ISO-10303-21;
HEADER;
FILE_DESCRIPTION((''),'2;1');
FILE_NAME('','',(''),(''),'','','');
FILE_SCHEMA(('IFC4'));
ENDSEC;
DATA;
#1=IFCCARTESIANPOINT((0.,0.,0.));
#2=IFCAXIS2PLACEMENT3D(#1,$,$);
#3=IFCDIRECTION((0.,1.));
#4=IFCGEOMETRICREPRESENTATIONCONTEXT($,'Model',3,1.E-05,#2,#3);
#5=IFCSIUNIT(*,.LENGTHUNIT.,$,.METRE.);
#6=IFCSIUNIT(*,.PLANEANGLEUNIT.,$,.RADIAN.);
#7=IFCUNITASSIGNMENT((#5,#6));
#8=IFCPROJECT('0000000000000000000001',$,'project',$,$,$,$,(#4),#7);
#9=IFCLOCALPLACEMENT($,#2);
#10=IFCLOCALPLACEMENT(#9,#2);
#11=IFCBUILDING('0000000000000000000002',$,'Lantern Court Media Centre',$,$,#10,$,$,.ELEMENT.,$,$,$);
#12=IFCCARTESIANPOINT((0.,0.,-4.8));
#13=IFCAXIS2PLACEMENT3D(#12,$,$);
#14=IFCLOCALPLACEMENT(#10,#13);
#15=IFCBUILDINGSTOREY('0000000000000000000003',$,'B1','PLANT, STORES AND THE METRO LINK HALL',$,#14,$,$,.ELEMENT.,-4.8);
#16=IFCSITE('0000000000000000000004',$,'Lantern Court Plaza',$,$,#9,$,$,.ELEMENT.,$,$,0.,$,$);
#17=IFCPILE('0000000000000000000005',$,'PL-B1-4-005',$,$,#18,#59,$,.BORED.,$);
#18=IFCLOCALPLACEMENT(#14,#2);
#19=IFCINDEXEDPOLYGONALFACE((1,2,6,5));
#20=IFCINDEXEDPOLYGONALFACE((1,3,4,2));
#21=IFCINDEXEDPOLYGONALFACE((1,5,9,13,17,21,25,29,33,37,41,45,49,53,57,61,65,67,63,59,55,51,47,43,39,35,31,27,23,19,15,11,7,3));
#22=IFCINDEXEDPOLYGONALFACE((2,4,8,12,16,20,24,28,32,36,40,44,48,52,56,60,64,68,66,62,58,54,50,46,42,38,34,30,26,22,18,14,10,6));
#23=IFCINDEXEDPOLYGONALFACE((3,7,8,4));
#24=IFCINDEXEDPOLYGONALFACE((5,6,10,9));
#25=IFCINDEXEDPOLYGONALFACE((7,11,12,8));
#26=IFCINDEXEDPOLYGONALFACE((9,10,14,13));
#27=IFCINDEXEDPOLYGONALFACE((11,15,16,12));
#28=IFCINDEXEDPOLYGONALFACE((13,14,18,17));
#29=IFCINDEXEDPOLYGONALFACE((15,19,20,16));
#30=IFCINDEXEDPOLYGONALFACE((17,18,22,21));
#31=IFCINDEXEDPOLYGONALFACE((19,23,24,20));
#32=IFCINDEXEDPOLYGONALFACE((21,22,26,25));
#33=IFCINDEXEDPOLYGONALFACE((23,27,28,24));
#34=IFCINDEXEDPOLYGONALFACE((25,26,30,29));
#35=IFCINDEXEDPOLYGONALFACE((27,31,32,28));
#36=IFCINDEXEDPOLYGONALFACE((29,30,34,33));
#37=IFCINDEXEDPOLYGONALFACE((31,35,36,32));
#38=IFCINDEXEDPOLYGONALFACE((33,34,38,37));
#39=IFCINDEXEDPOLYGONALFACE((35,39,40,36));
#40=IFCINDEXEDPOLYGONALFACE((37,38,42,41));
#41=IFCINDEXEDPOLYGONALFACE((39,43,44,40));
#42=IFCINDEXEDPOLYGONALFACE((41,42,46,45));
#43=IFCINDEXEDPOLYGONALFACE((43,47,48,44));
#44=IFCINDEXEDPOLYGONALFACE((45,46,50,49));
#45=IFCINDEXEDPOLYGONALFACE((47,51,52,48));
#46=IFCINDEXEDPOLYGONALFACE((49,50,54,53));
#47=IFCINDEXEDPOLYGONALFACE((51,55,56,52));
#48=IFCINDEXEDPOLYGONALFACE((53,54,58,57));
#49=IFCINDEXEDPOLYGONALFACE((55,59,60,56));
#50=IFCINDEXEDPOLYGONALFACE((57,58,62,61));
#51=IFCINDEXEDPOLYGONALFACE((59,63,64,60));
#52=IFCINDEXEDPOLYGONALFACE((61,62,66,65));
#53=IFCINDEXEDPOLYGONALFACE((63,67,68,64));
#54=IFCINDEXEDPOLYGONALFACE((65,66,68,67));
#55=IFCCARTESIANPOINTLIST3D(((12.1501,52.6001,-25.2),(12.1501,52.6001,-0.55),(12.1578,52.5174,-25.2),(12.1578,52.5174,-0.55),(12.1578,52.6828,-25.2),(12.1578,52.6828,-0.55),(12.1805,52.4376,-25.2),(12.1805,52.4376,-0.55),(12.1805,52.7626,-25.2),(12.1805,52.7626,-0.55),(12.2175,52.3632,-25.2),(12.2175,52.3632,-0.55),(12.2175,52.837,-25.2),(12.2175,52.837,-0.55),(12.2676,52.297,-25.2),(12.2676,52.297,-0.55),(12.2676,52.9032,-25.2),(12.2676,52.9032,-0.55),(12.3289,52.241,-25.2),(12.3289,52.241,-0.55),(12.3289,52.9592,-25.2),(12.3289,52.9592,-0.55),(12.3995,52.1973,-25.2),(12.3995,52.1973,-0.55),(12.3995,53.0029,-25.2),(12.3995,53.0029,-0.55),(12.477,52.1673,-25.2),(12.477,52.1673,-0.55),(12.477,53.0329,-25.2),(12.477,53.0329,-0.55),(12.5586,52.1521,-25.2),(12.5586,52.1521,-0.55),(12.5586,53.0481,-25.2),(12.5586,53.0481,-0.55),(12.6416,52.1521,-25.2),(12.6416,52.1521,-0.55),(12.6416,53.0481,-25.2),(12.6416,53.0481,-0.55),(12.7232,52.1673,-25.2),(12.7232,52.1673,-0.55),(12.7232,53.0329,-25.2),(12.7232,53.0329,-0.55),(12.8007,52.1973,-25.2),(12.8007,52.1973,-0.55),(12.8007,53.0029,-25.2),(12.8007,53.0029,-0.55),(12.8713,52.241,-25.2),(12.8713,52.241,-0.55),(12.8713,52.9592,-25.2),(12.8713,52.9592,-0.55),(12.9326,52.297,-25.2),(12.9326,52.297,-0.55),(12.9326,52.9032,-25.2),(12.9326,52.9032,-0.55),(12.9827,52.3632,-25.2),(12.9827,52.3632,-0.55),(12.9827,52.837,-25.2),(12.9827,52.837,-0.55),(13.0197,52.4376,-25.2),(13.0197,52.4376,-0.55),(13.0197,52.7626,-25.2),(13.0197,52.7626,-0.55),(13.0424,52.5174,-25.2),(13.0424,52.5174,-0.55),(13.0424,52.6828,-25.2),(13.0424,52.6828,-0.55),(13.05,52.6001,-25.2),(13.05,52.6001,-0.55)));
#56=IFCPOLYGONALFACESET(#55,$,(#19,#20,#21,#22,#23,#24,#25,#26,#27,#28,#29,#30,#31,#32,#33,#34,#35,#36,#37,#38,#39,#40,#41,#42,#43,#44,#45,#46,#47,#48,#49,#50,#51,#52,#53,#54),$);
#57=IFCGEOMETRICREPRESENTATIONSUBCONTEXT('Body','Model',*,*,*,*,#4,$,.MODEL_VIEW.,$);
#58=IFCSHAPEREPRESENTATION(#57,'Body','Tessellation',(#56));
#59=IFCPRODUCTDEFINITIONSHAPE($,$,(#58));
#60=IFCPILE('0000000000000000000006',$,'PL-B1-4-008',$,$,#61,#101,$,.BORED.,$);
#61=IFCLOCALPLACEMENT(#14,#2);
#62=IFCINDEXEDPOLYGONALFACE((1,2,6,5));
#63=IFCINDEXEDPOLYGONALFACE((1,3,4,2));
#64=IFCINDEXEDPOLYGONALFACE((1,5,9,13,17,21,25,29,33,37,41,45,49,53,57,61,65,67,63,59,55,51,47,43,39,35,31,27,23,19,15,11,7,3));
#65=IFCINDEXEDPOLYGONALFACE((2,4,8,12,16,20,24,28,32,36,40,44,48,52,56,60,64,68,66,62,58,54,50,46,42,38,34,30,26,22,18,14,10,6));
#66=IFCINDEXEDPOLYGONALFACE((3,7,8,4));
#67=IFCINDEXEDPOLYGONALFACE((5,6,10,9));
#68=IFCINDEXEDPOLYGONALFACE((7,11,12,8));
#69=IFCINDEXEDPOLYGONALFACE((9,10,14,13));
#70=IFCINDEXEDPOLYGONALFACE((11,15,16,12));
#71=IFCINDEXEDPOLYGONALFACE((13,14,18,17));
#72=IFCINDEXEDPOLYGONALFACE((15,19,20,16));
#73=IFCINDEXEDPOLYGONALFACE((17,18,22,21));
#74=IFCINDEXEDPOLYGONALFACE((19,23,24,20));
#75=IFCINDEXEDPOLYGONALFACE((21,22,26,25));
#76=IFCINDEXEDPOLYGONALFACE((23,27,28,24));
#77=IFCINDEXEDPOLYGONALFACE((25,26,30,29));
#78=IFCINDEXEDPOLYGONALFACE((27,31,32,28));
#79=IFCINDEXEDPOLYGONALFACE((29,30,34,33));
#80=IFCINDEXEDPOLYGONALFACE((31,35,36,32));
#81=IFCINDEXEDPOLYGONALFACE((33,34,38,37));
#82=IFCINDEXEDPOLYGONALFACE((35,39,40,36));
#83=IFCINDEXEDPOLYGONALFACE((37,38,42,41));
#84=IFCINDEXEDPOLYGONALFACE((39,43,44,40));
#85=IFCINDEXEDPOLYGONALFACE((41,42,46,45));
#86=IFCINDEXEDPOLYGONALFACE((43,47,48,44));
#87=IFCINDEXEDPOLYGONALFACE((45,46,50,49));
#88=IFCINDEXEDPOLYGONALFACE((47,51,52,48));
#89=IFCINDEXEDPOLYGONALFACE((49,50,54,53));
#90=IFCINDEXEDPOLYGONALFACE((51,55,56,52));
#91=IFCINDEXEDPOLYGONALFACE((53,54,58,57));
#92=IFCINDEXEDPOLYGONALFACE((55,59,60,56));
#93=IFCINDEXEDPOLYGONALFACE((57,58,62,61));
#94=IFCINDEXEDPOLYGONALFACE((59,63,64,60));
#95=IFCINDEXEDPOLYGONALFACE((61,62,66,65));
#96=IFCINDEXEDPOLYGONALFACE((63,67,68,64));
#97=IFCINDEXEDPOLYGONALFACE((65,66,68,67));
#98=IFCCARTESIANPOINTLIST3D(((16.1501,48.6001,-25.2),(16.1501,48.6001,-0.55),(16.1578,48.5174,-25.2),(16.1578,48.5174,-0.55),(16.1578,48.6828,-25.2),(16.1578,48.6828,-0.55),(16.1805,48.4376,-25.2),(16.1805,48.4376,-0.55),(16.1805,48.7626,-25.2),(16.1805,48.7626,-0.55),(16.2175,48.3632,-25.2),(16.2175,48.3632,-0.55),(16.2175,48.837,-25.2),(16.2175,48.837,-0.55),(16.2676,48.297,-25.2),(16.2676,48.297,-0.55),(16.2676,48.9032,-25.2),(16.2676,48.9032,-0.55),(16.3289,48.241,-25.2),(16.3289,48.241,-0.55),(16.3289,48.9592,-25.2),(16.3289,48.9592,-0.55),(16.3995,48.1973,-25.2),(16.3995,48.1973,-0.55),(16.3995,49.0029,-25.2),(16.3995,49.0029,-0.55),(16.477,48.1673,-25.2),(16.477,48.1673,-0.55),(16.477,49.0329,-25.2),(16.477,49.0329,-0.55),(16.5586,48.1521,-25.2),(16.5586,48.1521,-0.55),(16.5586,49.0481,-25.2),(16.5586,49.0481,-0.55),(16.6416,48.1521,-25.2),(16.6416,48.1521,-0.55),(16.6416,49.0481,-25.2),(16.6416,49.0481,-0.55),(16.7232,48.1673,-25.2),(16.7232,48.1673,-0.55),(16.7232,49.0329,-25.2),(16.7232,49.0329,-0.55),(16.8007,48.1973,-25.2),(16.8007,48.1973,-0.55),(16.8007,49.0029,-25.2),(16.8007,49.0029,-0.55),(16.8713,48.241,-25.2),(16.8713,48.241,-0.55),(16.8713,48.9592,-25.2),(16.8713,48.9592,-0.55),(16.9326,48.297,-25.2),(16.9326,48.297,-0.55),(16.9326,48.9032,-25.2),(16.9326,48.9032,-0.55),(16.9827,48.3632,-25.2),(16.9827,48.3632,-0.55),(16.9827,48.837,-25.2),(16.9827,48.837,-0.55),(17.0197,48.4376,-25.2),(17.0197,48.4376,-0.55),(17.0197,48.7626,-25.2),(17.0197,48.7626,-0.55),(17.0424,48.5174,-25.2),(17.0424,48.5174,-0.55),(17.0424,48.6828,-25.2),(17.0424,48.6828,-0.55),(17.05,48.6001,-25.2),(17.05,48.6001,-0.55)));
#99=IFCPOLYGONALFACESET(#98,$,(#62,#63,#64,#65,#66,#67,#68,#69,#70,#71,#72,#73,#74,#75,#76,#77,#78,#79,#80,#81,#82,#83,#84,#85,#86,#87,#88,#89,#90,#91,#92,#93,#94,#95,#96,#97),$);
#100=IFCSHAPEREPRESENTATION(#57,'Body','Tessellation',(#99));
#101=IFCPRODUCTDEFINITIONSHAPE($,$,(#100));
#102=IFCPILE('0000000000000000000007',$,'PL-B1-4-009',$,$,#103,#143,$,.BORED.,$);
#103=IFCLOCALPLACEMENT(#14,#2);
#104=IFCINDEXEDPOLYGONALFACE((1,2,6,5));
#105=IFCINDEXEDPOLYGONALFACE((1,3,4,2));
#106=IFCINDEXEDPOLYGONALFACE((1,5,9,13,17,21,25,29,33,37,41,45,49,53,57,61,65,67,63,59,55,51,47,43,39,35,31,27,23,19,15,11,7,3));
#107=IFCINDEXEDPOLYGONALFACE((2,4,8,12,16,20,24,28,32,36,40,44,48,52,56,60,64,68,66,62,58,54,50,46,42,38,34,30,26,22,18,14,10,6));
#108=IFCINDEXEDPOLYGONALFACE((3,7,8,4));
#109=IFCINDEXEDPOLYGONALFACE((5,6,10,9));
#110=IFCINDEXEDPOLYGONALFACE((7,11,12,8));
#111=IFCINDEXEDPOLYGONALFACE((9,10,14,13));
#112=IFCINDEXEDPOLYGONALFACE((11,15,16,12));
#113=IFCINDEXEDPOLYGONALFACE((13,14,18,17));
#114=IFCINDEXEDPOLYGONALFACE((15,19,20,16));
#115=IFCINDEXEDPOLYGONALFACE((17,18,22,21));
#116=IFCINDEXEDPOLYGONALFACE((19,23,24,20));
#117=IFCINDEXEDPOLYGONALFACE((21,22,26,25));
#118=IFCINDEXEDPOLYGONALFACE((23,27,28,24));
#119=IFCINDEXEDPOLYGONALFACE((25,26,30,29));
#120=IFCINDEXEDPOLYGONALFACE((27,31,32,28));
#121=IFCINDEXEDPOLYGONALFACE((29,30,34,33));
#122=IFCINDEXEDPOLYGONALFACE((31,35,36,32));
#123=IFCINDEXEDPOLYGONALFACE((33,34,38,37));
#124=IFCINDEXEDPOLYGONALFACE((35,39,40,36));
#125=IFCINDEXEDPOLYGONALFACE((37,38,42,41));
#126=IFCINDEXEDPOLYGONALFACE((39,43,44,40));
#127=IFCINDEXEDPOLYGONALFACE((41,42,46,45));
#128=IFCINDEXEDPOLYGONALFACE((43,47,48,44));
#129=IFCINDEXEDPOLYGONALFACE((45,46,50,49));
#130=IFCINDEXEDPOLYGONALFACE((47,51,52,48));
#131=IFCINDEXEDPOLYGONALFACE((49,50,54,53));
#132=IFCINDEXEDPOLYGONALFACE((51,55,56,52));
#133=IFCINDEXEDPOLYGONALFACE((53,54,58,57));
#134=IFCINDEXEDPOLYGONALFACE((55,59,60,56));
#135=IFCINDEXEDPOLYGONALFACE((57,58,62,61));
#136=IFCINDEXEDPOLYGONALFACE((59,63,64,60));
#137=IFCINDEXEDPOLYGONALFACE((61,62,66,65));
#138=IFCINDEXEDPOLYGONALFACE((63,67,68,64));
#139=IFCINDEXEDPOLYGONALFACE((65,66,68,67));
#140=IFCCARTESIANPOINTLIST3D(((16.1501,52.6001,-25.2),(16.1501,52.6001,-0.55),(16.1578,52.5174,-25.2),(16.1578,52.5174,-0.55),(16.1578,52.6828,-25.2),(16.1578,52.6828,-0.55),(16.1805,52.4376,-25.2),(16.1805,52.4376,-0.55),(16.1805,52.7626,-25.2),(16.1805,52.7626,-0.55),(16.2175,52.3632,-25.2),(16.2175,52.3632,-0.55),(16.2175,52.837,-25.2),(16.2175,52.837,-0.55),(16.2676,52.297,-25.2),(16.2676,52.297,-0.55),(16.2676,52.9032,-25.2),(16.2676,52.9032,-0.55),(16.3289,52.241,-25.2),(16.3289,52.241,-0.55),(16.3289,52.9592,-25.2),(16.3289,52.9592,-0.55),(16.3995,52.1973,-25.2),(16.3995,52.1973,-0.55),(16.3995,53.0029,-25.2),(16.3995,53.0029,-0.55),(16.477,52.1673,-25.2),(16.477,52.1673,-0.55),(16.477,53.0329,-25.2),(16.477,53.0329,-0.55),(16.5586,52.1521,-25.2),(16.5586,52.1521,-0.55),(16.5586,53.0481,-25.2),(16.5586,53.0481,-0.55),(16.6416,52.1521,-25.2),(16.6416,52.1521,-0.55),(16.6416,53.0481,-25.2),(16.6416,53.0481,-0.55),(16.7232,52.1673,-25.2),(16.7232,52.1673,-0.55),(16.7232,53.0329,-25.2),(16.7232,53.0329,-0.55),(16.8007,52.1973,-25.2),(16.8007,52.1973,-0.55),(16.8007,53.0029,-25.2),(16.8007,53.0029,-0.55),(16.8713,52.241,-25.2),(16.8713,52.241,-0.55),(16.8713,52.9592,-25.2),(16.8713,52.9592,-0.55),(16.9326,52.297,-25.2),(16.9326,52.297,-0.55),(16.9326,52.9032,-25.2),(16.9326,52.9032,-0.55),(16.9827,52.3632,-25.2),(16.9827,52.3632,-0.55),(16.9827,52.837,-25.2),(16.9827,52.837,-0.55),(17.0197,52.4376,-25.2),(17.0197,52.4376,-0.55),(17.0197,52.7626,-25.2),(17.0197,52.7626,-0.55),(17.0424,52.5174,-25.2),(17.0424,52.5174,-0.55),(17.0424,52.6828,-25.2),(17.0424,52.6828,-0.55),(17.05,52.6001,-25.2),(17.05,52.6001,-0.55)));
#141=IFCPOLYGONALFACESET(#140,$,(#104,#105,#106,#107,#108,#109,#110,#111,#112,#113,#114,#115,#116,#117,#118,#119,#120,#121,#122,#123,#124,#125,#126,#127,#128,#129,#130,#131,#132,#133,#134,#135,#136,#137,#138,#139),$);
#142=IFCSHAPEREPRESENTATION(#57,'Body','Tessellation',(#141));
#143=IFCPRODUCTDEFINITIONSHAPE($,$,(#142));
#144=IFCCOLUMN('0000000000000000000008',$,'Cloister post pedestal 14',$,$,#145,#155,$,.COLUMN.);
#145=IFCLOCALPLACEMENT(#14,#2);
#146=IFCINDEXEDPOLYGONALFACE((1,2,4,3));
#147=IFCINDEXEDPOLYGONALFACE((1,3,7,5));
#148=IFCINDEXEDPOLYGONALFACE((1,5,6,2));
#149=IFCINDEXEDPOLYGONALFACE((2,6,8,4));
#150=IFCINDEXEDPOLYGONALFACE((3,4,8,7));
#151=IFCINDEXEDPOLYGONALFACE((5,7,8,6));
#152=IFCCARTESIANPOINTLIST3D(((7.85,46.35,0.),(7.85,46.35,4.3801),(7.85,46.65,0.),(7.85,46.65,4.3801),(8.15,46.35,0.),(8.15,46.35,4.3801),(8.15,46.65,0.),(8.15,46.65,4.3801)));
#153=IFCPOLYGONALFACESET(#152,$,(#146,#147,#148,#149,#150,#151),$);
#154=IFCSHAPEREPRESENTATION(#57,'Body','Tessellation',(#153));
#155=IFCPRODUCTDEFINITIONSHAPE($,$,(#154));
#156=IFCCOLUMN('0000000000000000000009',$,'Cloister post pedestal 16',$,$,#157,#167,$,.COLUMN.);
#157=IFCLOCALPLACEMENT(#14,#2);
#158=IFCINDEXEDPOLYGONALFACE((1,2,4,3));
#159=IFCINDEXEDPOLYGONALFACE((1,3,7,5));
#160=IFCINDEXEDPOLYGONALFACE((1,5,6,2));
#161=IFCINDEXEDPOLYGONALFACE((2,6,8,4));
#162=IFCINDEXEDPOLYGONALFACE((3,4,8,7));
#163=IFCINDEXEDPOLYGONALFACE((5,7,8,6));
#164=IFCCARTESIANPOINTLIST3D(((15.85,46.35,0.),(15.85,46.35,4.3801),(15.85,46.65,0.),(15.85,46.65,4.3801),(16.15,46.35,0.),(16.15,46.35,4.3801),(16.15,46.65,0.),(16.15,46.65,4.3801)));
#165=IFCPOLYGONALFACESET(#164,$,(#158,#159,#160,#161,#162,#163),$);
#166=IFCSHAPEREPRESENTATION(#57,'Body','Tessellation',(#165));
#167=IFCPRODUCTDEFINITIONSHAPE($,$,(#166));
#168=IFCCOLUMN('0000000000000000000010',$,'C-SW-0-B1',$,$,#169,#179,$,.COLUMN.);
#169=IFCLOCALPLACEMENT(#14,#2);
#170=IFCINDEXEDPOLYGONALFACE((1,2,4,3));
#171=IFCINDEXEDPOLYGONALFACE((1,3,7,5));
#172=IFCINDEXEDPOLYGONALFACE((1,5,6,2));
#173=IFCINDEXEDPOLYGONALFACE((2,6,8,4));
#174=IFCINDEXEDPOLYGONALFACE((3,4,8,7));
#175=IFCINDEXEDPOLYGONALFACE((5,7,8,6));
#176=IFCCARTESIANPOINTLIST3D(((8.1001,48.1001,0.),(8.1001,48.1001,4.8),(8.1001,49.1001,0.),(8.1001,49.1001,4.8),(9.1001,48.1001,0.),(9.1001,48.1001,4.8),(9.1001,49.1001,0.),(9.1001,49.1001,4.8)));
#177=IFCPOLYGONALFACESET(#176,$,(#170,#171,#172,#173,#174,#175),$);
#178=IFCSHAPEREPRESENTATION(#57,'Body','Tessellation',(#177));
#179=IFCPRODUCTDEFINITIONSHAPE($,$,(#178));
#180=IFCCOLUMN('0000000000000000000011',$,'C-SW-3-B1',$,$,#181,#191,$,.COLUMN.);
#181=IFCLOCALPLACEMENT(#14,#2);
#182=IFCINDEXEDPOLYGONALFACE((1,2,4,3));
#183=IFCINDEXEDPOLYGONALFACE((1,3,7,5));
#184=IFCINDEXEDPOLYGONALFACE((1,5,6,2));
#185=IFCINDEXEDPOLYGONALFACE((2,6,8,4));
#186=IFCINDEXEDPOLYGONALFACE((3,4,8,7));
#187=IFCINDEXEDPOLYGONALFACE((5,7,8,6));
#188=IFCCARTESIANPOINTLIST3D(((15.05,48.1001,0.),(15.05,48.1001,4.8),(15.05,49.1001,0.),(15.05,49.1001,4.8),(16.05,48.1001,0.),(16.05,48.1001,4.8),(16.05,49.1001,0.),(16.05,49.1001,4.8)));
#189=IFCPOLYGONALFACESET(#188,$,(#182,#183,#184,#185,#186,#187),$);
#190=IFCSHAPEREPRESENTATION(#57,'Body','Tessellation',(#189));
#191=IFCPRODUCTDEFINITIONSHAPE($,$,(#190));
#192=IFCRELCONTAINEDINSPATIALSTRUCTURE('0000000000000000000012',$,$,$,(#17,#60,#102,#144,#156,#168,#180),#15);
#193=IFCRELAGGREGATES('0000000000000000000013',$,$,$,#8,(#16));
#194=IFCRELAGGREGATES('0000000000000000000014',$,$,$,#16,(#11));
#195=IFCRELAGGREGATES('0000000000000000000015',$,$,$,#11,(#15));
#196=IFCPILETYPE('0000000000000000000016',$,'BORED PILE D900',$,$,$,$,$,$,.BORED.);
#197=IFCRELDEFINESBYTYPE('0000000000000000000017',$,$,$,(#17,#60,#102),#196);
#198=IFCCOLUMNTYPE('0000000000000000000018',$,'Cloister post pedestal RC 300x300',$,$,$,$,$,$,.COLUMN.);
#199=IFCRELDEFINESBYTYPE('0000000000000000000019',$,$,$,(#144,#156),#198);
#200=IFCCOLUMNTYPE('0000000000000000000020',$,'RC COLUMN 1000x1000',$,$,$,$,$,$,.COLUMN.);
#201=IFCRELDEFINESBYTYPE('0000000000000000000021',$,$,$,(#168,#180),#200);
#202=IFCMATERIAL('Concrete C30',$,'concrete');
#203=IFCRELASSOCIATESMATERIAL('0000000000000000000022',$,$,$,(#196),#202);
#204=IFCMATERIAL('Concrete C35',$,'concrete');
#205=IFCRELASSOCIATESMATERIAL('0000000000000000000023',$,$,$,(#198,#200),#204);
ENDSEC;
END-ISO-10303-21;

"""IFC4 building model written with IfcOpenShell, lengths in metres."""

from ifc_helpers import new_model, si_unit, direction, frame, origin, origin_2d, place, context, subcontext, project, spatial, rectangle, circle, extrude, material, material_profile, profile_set, type_object, element, save


model = new_model("IFC4")

# Units and contexts
model_context = context("Model", 3, precision=1e-05, world=origin(), true_north=direction((0.0, 1.0)))
body_context = subcontext(model_context, "Body", "Model", "MODEL_VIEW")
ifc_project = project(units=[si_unit("LENGTHUNIT", "METRE"), si_unit("PLANEANGLEUNIT", "RADIAN")], contexts=[model_context])

# Site, building, storey
site_placement = place(None, origin())
site = spatial("IfcSite", under=ifc_project, at=site_placement, Name="Lantern Court Plaza", CompositionType="ELEMENT", RefElevation=0.0)
building_placement = place(site_placement, origin())
building = spatial("IfcBuilding", under=site, at=building_placement, Name="Lantern Court Media Centre", CompositionType="ELEMENT")
storey_placement = place(building_placement, frame((0.0, 0.0, -4.8)))
storey = spatial("IfcBuildingStorey", under=building, at=storey_placement, Name="B1", Description="PLANT, STORES AND THE METRO LINK HALL", CompositionType="ELEMENT", Elevation=-4.8)

# Piles
ifc_material_1 = material(Name="Concrete C30", Category="concrete")
ifc_material_profile_1 = material_profile(ifc_material_1, circle(Radius=0.45, at=origin_2d()), Name="D900")
ifc_profile_set_1 = profile_set([ifc_material_profile_1], Name="Concrete C30")
pile_type = type_object("IfcPileType", Name="BORED PILE D900", PredefinedType="BORED", material=ifc_profile_set_1)
for number, where, z_axis, x_axis, name in (
    (1, (12.6001, 52.6001, -0.55), (0.0, 0.0, -1.0), (1.0, 0.0, 0.0), "PL-B1-4-005"),
    (2, (16.6001, 48.6001, -0.55), (0.0, 0.0, -1.0), (1.0, 0.0, 0.0), "PL-B1-4-008"),
    (3, (16.6001, 52.6001, -0.55), (0.0, 0.0, -1.0), (1.0, 0.0, 0.0), "PL-B1-4-009"),
):
    element("IfcPile", number, at=place(storey_placement, frame(where, z_axis=z_axis, x_axis=x_axis)), inside=storey, type_object=pile_type, Name=name, PredefinedType="BORED", context=body_context, shape_type="SweptSolid", body=[
        extrude(circle(Radius=0.45, at=origin_2d()), origin(), (0.0, 0.0, 1.0), 24.6499),
    ])

# Columns
ifc_material_2 = material(Name="Concrete C35", Category="concrete")
ifc_material_profile_2 = material_profile(ifc_material_2, rectangle(XDim=0.3, YDim=0.3, at=origin_2d()), Name="RC 300x300")
ifc_profile_set_2 = profile_set([ifc_material_profile_2], Name="Concrete C35")
column_type_1 = type_object("IfcColumnType", Name="Cloister post pedestal RC 300x300", PredefinedType="COLUMN", material=ifc_profile_set_2)
for number, where, z_axis, x_axis, name in (
    (4, (8.0, 46.5, 0.0), (0.0, 0.0, 1.0), (1.0, 0.0, 0.0), "Cloister post pedestal 14"),
    (5, (16.0, 46.5, 0.0), (0.0, 0.0, 1.0), (1.0, 0.0, 0.0), "Cloister post pedestal 16"),
):
    element("IfcColumn", number, at=place(storey_placement, frame(where, z_axis=z_axis, x_axis=x_axis)), inside=storey, type_object=column_type_1, Name=name, PredefinedType="COLUMN", context=body_context, shape_type="SweptSolid", body=[
        extrude(rectangle(XDim=0.3, YDim=0.3, at=origin_2d()), origin(), (0.0, 0.0, 1.0), 4.3801),
    ])
ifc_material_profile_3 = material_profile(ifc_material_2, rectangle(XDim=1.0, YDim=1.0, at=origin_2d()), Name="RC 1000x1000")
ifc_profile_set_3 = profile_set([ifc_material_profile_3], Name="Concrete C35")
column_type_2 = type_object("IfcColumnType", Name="RC COLUMN 1000x1000", PredefinedType="COLUMN", material=ifc_profile_set_3)
for number, where, z_axis, x_axis, name in (
    (6, (8.6001, 48.6001, 0.0), (0.0, 0.0, 1.0), (1.0, 0.0, 0.0), "C-SW-0-B1"),
    (7, (15.55, 48.6001, 0.0), (0.0, 0.0, 1.0), (1.0, 0.0, 0.0), "C-SW-3-B1"),
):
    element("IfcColumn", number, at=place(storey_placement, frame(where, z_axis=z_axis, x_axis=x_axis)), inside=storey, type_object=column_type_2, Name=name, PredefinedType="COLUMN", context=body_context, shape_type="SweptSolid", body=[
        extrude(rectangle(XDim=1.0, YDim=1.0, at=origin_2d()), origin(), (0.0, 0.0, 1.0), 4.8),
    ])

save(model, "model.ifc")
